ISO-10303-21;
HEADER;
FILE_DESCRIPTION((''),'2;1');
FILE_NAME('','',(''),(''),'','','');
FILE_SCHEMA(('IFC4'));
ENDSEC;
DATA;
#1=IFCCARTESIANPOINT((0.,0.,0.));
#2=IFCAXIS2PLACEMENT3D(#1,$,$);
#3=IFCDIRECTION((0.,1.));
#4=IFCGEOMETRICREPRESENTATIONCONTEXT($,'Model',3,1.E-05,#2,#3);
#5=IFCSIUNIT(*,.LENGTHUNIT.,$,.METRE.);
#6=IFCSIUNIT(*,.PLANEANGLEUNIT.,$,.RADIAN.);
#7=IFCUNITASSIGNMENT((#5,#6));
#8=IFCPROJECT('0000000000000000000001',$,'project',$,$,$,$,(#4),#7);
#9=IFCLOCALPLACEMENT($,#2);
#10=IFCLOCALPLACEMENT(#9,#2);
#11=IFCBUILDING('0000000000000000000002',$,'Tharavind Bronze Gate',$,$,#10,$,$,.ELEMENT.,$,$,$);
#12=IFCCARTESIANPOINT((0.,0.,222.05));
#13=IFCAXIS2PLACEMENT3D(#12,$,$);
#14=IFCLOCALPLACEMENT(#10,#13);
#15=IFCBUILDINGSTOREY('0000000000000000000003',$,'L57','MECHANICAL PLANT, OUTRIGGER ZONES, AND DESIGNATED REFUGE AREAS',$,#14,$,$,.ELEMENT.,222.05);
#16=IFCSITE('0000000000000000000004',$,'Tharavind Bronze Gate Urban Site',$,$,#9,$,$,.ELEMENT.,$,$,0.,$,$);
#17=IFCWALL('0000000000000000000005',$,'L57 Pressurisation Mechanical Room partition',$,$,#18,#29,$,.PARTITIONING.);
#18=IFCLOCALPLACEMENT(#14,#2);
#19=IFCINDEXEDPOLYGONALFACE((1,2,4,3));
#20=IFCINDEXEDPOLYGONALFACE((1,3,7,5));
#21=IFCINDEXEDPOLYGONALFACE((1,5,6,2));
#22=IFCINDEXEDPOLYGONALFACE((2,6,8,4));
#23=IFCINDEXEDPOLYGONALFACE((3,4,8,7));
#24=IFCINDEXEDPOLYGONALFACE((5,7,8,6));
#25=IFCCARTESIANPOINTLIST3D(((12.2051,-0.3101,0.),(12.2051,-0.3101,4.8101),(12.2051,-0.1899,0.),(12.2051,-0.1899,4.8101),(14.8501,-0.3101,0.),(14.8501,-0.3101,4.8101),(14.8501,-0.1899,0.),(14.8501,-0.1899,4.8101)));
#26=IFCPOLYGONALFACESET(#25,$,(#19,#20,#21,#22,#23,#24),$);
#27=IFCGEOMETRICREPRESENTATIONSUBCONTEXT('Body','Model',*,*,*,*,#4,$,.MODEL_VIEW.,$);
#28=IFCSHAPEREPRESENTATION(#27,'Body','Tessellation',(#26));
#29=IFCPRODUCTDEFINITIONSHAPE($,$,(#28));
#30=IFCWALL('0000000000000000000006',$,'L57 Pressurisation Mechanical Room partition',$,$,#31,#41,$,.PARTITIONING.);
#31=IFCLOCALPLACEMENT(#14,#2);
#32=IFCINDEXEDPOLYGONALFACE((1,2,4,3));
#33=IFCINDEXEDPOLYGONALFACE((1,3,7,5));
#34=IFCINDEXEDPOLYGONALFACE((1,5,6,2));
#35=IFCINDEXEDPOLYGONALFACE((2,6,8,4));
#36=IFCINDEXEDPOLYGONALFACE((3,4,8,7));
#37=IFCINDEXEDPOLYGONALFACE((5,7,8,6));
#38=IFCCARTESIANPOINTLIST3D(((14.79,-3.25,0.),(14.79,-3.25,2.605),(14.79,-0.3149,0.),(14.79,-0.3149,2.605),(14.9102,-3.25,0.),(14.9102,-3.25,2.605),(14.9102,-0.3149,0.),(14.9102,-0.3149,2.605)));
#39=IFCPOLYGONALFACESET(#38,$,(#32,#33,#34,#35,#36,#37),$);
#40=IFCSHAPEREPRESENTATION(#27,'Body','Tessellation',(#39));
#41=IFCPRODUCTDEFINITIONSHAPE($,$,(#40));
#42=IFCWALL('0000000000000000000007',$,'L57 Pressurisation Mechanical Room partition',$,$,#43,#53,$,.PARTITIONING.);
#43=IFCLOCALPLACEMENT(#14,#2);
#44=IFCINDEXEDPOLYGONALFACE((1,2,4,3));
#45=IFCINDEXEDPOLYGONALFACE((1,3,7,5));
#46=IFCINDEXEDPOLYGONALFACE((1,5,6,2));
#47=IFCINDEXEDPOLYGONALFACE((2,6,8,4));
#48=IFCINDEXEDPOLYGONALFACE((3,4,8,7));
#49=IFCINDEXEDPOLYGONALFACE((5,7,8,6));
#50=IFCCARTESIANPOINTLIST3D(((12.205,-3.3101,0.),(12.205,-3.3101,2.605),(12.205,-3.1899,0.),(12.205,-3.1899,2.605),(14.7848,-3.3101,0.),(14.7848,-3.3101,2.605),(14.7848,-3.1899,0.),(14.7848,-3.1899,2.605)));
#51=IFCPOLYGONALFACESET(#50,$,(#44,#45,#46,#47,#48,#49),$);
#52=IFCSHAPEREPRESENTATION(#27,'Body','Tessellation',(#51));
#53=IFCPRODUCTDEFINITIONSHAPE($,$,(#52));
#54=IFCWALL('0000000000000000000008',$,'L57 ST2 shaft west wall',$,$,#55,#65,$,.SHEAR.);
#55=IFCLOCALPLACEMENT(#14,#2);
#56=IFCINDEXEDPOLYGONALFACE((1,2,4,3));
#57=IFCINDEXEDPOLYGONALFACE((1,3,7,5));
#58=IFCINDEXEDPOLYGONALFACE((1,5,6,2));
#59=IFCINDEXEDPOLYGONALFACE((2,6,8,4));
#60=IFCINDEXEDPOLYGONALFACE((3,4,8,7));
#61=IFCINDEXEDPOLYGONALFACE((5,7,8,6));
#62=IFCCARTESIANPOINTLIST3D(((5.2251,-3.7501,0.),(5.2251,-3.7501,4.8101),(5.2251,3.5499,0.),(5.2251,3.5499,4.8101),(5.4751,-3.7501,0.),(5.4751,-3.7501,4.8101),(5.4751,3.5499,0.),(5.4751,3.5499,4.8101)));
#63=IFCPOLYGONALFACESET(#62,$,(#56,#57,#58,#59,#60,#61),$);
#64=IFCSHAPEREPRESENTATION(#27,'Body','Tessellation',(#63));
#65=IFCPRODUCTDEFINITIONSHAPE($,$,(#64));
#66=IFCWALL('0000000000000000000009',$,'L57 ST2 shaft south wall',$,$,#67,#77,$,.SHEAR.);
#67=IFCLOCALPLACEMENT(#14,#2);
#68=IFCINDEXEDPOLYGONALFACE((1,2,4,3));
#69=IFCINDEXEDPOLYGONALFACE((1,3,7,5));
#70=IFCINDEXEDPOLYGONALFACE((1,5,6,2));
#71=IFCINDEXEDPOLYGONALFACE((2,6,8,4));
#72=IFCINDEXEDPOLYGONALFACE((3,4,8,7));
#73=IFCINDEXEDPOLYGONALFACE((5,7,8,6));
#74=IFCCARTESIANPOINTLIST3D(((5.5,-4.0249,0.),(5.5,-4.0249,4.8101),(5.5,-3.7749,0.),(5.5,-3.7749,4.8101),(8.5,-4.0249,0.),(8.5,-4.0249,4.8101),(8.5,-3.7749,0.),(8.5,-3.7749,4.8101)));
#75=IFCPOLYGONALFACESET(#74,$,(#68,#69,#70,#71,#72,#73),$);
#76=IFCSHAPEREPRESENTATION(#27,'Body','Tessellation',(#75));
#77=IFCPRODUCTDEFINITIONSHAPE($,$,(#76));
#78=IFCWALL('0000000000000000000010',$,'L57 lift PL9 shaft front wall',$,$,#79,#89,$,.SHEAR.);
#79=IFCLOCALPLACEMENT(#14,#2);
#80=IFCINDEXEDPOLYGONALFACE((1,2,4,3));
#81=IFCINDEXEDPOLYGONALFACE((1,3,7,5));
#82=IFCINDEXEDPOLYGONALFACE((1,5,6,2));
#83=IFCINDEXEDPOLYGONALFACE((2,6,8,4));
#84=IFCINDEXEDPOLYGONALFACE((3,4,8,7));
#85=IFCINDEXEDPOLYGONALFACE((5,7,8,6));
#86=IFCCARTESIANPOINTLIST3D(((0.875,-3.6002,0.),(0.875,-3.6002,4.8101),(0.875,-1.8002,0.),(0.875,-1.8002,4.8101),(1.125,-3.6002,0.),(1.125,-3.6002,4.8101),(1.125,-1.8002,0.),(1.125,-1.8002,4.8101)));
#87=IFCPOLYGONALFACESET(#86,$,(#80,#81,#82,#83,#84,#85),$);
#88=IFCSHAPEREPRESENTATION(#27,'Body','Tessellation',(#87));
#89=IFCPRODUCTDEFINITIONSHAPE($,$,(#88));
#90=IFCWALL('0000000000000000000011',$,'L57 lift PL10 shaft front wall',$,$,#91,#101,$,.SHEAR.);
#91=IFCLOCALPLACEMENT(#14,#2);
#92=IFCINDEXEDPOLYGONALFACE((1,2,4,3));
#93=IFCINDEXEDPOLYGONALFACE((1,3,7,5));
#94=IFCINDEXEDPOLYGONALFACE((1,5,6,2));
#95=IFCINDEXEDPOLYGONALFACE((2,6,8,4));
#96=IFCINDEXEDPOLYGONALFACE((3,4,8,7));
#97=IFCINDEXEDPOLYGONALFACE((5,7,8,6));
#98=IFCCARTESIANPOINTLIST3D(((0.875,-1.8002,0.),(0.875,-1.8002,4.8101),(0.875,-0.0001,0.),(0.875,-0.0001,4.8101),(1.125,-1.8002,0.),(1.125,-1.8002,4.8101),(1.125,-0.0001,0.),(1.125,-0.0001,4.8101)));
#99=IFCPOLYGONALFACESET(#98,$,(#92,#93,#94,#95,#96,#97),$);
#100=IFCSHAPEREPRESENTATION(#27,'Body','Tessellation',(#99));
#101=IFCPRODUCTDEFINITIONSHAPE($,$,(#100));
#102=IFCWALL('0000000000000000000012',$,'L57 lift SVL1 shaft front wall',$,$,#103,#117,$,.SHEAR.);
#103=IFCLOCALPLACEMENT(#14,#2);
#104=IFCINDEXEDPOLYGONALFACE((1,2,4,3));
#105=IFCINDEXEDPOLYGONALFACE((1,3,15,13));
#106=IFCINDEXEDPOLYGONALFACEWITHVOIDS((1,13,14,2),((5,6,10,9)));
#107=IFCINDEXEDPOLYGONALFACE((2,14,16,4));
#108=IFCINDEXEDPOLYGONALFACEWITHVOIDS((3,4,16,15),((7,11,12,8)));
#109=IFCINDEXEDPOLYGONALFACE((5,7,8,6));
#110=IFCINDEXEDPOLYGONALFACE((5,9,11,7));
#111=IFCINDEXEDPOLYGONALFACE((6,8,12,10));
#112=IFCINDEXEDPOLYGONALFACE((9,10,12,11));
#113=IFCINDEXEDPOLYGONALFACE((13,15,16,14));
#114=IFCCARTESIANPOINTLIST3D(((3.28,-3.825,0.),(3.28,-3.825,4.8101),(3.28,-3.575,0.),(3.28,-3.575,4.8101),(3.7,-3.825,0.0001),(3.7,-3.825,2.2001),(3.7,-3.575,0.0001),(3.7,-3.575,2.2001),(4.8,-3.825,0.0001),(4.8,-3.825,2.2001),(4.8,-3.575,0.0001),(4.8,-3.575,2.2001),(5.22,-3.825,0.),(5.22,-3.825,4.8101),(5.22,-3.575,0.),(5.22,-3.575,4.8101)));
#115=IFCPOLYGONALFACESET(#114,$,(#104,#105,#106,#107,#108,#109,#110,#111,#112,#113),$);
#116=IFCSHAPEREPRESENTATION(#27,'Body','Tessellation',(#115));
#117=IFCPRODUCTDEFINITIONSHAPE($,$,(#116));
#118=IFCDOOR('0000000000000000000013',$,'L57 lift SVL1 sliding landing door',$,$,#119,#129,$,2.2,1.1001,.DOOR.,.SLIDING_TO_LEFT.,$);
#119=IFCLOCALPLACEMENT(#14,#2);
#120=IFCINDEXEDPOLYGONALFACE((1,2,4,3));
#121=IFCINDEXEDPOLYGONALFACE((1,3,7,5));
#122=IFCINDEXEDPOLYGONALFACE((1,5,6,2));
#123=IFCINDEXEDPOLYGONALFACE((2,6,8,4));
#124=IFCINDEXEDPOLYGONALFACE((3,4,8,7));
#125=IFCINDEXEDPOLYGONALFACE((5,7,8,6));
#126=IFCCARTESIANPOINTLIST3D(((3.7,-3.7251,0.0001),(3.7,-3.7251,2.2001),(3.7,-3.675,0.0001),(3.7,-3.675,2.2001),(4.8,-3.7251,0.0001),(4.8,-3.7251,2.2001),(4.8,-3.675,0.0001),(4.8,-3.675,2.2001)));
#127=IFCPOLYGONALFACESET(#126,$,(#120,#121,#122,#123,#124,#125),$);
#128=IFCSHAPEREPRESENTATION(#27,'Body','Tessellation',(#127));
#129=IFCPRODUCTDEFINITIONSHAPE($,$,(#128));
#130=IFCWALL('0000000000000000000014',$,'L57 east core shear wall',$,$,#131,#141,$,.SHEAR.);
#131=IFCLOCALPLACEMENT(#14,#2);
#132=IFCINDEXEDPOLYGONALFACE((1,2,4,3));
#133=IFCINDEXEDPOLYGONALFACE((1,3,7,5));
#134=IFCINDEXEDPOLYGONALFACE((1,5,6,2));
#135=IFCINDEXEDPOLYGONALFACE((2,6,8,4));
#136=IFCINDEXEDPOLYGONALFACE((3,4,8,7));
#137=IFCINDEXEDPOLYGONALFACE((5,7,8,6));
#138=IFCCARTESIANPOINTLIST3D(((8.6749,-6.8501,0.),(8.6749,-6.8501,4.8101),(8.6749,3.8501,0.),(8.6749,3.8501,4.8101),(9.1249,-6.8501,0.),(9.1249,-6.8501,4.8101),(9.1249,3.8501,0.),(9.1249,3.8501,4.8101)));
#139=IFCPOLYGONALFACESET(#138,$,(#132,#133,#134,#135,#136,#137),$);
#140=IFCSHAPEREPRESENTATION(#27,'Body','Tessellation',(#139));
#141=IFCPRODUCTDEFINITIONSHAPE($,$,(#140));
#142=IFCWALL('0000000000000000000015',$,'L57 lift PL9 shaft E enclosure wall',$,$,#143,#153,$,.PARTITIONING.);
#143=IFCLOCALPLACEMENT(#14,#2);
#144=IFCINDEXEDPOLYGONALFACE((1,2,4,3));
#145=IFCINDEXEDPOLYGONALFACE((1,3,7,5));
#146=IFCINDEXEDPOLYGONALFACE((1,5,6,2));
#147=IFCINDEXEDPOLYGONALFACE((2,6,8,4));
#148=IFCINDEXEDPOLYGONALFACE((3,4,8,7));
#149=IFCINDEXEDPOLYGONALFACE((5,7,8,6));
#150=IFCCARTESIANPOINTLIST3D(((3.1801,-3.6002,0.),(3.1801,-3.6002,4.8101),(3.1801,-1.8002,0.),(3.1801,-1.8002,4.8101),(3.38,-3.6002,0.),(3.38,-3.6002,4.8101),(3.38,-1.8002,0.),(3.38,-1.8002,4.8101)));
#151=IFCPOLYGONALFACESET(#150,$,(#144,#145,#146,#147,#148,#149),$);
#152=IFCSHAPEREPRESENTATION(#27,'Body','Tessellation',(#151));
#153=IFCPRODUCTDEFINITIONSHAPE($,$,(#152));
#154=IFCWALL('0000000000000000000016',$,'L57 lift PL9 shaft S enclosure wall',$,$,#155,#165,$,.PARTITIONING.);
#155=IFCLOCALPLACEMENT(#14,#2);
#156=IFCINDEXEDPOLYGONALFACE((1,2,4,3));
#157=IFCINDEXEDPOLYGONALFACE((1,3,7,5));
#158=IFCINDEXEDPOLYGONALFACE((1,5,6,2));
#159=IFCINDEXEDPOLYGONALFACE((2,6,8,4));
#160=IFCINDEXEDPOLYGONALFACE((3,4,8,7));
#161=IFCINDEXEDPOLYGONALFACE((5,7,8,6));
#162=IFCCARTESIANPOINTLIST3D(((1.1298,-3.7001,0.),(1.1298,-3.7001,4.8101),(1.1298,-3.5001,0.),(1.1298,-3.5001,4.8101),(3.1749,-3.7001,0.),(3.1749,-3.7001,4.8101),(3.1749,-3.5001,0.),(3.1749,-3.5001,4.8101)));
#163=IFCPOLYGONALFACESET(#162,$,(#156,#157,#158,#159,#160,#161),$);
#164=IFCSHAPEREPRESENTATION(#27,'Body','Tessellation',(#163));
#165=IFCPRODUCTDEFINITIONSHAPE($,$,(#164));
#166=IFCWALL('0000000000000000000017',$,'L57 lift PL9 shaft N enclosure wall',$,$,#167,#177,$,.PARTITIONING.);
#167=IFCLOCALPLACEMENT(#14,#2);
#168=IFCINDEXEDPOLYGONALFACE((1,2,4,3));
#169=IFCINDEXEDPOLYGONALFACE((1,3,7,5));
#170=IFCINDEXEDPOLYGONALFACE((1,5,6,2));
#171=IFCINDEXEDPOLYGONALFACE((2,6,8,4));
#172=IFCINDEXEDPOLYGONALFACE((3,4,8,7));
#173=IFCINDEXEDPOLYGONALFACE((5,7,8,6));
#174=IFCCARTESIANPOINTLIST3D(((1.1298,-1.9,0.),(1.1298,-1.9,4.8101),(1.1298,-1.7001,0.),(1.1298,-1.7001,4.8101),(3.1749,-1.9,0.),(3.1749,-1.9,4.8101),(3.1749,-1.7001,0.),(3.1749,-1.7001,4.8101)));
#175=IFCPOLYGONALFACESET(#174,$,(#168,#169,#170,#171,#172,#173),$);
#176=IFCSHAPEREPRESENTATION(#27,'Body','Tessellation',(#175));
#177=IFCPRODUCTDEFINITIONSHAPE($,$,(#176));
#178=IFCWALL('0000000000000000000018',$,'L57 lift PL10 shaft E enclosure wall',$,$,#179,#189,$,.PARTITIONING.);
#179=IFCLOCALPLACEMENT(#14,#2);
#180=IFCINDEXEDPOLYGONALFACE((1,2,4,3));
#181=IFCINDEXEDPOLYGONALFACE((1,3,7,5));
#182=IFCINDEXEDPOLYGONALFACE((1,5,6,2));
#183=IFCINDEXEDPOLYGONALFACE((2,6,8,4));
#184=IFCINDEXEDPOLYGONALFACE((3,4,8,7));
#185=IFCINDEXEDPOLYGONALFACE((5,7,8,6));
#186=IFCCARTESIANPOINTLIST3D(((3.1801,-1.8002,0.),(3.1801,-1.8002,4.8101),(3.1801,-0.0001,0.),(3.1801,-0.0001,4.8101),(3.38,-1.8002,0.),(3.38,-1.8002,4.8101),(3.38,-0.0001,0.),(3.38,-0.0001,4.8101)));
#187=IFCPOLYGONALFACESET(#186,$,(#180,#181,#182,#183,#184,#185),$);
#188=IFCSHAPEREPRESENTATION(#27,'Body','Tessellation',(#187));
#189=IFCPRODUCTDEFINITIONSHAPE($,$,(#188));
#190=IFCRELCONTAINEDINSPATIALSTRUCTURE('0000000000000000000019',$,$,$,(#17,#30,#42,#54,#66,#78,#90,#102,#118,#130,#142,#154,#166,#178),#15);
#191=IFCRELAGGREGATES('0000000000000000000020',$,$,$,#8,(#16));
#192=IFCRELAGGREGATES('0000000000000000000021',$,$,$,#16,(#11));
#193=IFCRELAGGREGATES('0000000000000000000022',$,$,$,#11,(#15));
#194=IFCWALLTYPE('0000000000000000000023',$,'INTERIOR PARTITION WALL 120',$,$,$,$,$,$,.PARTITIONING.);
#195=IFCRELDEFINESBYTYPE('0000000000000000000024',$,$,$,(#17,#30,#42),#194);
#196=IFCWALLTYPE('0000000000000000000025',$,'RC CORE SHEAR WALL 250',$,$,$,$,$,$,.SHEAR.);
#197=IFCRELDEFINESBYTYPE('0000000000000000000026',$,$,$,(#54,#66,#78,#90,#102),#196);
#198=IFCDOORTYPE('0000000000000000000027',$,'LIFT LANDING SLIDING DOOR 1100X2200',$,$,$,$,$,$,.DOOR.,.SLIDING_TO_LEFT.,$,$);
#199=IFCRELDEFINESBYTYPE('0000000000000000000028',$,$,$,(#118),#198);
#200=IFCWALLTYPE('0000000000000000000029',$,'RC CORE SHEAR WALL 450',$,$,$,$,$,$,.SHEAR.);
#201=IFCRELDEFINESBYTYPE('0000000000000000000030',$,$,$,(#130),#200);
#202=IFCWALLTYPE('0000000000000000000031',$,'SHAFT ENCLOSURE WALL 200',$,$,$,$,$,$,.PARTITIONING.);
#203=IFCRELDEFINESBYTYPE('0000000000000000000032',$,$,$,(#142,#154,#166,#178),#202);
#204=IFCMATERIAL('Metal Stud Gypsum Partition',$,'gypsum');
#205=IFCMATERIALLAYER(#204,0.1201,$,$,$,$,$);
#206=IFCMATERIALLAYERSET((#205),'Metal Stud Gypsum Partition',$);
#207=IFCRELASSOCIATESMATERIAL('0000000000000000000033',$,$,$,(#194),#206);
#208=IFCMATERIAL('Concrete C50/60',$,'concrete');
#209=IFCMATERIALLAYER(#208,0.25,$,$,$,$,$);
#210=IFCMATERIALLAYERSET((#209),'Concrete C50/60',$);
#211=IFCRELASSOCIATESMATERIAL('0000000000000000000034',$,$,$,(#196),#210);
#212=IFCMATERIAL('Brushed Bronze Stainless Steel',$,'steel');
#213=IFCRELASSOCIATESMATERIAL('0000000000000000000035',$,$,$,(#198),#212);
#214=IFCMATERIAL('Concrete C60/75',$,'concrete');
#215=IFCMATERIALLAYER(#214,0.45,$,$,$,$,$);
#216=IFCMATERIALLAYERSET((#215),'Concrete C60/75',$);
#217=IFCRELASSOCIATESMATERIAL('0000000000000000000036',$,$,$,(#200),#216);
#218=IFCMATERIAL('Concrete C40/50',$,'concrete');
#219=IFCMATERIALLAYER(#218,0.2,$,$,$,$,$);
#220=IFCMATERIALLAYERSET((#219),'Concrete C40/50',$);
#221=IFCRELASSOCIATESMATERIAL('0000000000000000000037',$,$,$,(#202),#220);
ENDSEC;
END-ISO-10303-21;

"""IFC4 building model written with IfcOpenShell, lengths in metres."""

from ifc_helpers import new_model, si_unit, direction, frame, frame_2d, origin, place, context, subcontext, project, spatial, rectangle, extrude, material, layer, layer_set, type_object, element, fill, save


model = new_model("IFC4")

# Units and contexts
model_context = context("Model", 3, precision=1e-05, world=origin(), true_north=direction((0.0, 1.0)))
body_context = subcontext(model_context, "Body", "Model", "MODEL_VIEW")
ifc_project = project(units=[si_unit("LENGTHUNIT", "METRE"), si_unit("PLANEANGLEUNIT", "RADIAN")], contexts=[model_context])

# Site, building, storey
site_placement = place(None, origin())
site = spatial("IfcSite", under=ifc_project, at=site_placement, Name="Tharavind Bronze Gate Urban Site", CompositionType="ELEMENT", RefElevation=0.0)
building_placement = place(site_placement, origin())
building = spatial("IfcBuilding", under=site, at=building_placement, Name="Tharavind Bronze Gate", CompositionType="ELEMENT")
storey_placement = place(building_placement, frame((0.0, 0.0, 222.05)))
storey = spatial("IfcBuildingStorey", under=building, at=storey_placement, Name="L57", Description="MECHANICAL PLANT, OUTRIGGER ZONES, AND DESIGNATED REFUGE AREAS", CompositionType="ELEMENT", Elevation=222.05)

# Shared definitions
ifc_material_1 = material(Name="Concrete C60/75", Category="concrete")

# Walls
ifc_material_2 = material(Name="Metal Stud Gypsum Partition", Category="gypsum")
ifc_layer_1 = layer(ifc_material_2, 0.1201)
ifc_layer_set_1 = layer_set([ifc_layer_1], Name="Metal Stud Gypsum Partition")
wall_type_1 = type_object("IfcWallType", Name="INTERIOR PARTITION WALL 120", PredefinedType="PARTITIONING", material=ifc_layer_set_1)
wall_1_placement = place(storey_placement, frame((12.2051, -0.25, 0.0), z_axis=(0.0, 0.0, 1.0), x_axis=(1.0, 0.0, 0.0)))
element("IfcWall", 1, at=wall_1_placement, inside=storey, type_object=wall_type_1, Name="L57 Pressurisation Mechanical Room partition", PredefinedType="PARTITIONING", context=body_context, shape_type="SweptSolid", body=[
    extrude(rectangle(XDim=2.645, YDim=0.1201, at=frame_2d((1.3225, 0.0))), origin(), (0.0, 0.0, 1.0), 4.8101),
])
wall_2_placement = place(storey_placement, frame((14.8501, -0.3149, 0.0), z_axis=(0.0, 0.0, 1.0), x_axis=(0.0, -1.0, 0.0)))
element("IfcWall", 2, at=wall_2_placement, inside=storey, type_object=wall_type_1, Name="L57 Pressurisation Mechanical Room partition", PredefinedType="PARTITIONING", context=body_context, shape_type="SweptSolid", body=[
    extrude(rectangle(XDim=2.9351, YDim=0.1201, at=frame_2d((1.4675, 0.0))), origin(), (0.0, 0.0, 1.0), 2.605),
])
wall_3_placement = place(storey_placement, frame((14.7849, -3.25, 0.0), z_axis=(0.0, 0.0, 1.0), x_axis=(-1.0, 0.0, 0.0)))
element("IfcWall", 3, at=wall_3_placement, inside=storey, type_object=wall_type_1, Name="L57 Pressurisation Mechanical Room partition", PredefinedType="PARTITIONING", context=body_context, shape_type="SweptSolid", body=[
    extrude(rectangle(XDim=2.5798, YDim=0.1201, at=frame_2d((1.29, 0.0))), origin(), (0.0, 0.0, 1.0), 2.605),
])
ifc_material_3 = material(Name="Concrete C50/60", Category="concrete")
ifc_layer_2 = layer(ifc_material_3, 0.25)
ifc_layer_set_2 = layer_set([ifc_layer_2], Name="Concrete C50/60")
wall_type_2 = type_object("IfcWallType", Name="RC CORE SHEAR WALL 250", PredefinedType="SHEAR", material=ifc_layer_set_2)
wall_4_placement = place(storey_placement, frame((5.3501, -3.75, 0.0), z_axis=(0.0, 0.0, 1.0), x_axis=(0.0, 1.0, 0.0)))
element("IfcWall", 4, at=wall_4_placement, inside=storey, type_object=wall_type_2, Name="L57 ST2 shaft west wall", PredefinedType="SHEAR", context=body_context, shape_type="SweptSolid", body=[
    extrude(rectangle(XDim=7.3, YDim=0.25, at=frame_2d((3.6499, 0.0))), origin(), (0.0, 0.0, 1.0), 4.8101),
])
wall_5_placement = place(storey_placement, frame((5.5, -3.8999, 0.0), z_axis=(0.0, 0.0, 1.0), x_axis=(1.0, 0.0, 0.0)))
element("IfcWall", 5, at=wall_5_placement, inside=storey, type_object=wall_type_2, Name="L57 ST2 shaft south wall", PredefinedType="SHEAR", context=body_context, shape_type="SweptSolid", body=[
    extrude(rectangle(XDim=3.0, YDim=0.25, at=frame_2d((1.5, 0.0))), origin(), (0.0, 0.0, 1.0), 4.8101),
])
for number, where, z_axis, x_axis, name in (
    (6, (1.0, -3.6001, 0.0), (0.0, 0.0, 1.0), (0.0, 1.0, 0.0), "L57 lift PL9 shaft front wall"),
    (7, (1.0, -1.8, 0.0), (0.0, 0.0, 1.0), (0.0, 1.0, 0.0), "L57 lift PL10 shaft front wall"),
):
    element("IfcWall", number, at=place(storey_placement, frame(where, z_axis=z_axis, x_axis=x_axis)), inside=storey, type_object=wall_type_2, Name=name, PredefinedType="SHEAR", context=body_context, shape_type="SweptSolid", body=[
        extrude(rectangle(XDim=1.8, YDim=0.25, at=frame_2d((0.8999, 0.0))), origin(), (0.0, 0.0, 1.0), 4.8101),
    ])

# Wall, opening, door
wall_6_placement = place(storey_placement, frame((3.28, -3.7, 0.0), z_axis=(0.0, 0.0, 1.0), x_axis=(1.0, 0.0, 0.0)))
wall_6 = element("IfcWall", 8, at=wall_6_placement, inside=storey, type_object=wall_type_2, Name="L57 lift SVL1 shaft front wall", PredefinedType="SHEAR", context=body_context, shape_type="SweptSolid", body=[
    extrude(rectangle(XDim=1.9399, YDim=0.25, at=frame_2d((0.97, 0.0))), origin(), (0.0, 0.0, 1.0), 4.8101),
])
opening_1_placement = place(wall_6_placement, frame((0.4199, 0.0, 0.0)))
opening_1 = element("IfcOpeningElement", 9, at=opening_1_placement, cuts=wall_6, PredefinedType="OPENING", context=body_context, shape_type="SweptSolid", body=[
    extrude(rectangle(XDim=1.1001, YDim=2.2, at=frame_2d((0.55, 1.1001))), frame((0.0, 0.135, 0.0), z_axis=(0.0, -1.0, 0.0), x_axis=(1.0, 0.0, 0.0)), (0.0, 0.0, 1.0), 0.27),
])
ifc_material_4 = material(Name="Brushed Bronze Stainless Steel", Category="steel")
door_type_1 = type_object("IfcDoorType", Name="LIFT LANDING SLIDING DOOR 1100X2200", OperationType="SLIDING_TO_LEFT", PredefinedType="DOOR", material=ifc_material_4)
door_1_placement = place(opening_1_placement, origin())
door_1 = element("IfcDoor", 10, at=door_1_placement, inside=storey, type_object=door_type_1, Name="L57 lift SVL1 sliding landing door", OperationType="SLIDING_TO_LEFT", OverallHeight=2.2, OverallWidth=1.1001, PredefinedType="DOOR", context=body_context, shape_type="SweptSolid", body=[
    extrude(rectangle(XDim=1.1001, YDim=2.2, at=frame_2d((0.55, 1.1001))), frame((0.0, 0.0249, 0.0), z_axis=(0.0, -1.0, 0.0), x_axis=(1.0, 0.0, 0.0)), (0.0, 0.0, 1.0), 0.05),
])
fill(opening_1, door_1)

# Walls
ifc_layer_3 = layer(ifc_material_1, 0.45)
ifc_layer_set_3 = layer_set([ifc_layer_3], Name="Concrete C60/75")
wall_type_3 = type_object("IfcWallType", Name="RC CORE SHEAR WALL 450", PredefinedType="SHEAR", material=ifc_layer_set_3)
wall_7_placement = place(storey_placement, frame((8.8999, -6.8501, 0.0), z_axis=(0.0, 0.0, 1.0), x_axis=(0.0, 1.0, 0.0)))
element("IfcWall", 11, at=wall_7_placement, inside=storey, type_object=wall_type_3, Name="L57 east core shear wall", PredefinedType="SHEAR", context=body_context, shape_type="SweptSolid", body=[
    extrude(rectangle(XDim=10.7002, YDim=0.45, at=frame_2d((5.3501, 0.0))), origin(), (0.0, 0.0, 1.0), 4.8101),
])
ifc_material_5 = material(Name="Concrete C40/50", Category="concrete")
ifc_layer_4 = layer(ifc_material_5, 0.2)
ifc_layer_set_4 = layer_set([ifc_layer_4], Name="Concrete C40/50")
wall_type_4 = type_object("IfcWallType", Name="SHAFT ENCLOSURE WALL 200", PredefinedType="PARTITIONING", material=ifc_layer_set_4)
wall_8_placement = place(storey_placement, frame((3.28, -3.6001, 0.0), z_axis=(0.0, 0.0, 1.0), x_axis=(0.0, 1.0, 0.0)))
element("IfcWall", 12, at=wall_8_placement, inside=storey, type_object=wall_type_4, Name="L57 lift PL9 shaft E enclosure wall", PredefinedType="PARTITIONING", context=body_context, shape_type="SweptSolid", body=[
    extrude(rectangle(XDim=1.8, YDim=0.2, at=frame_2d((0.8999, 0.0))), origin(), (0.0, 0.0, 1.0), 4.8101),
])
for number, where, z_axis, x_axis, name in (
    (13, (1.1299, -3.6001, 0.0), (0.0, 0.0, 1.0), (1.0, 0.0, 0.0), "L57 lift PL9 shaft S enclosure wall"),
    (14, (1.1299, -1.8, 0.0), (0.0, 0.0, 1.0), (1.0, 0.0, 0.0), "L57 lift PL9 shaft N enclosure wall"),
):
    element("IfcWall", number, at=place(storey_placement, frame(where, z_axis=z_axis, x_axis=x_axis)), inside=storey, type_object=wall_type_4, Name=name, PredefinedType="PARTITIONING", context=body_context, shape_type="SweptSolid", body=[
        extrude(rectangle(XDim=2.0452, YDim=0.2, at=frame_2d((1.0225, 0.0))), origin(), (0.0, 0.0, 1.0), 4.8101),
    ])
wall_9_placement = place(storey_placement, frame((3.28, -1.8, 0.0), z_axis=(0.0, 0.0, 1.0), x_axis=(0.0, 1.0, 0.0)))
element("IfcWall", 15, at=wall_9_placement, inside=storey, type_object=wall_type_4, Name="L57 lift PL10 shaft E enclosure wall", PredefinedType="PARTITIONING", context=body_context, shape_type="SweptSolid", body=[
    extrude(rectangle(XDim=1.8, YDim=0.2, at=frame_2d((0.8999, 0.0))), origin(), (0.0, 0.0, 1.0), 4.8101),
])

save(model, "model.ifc")
